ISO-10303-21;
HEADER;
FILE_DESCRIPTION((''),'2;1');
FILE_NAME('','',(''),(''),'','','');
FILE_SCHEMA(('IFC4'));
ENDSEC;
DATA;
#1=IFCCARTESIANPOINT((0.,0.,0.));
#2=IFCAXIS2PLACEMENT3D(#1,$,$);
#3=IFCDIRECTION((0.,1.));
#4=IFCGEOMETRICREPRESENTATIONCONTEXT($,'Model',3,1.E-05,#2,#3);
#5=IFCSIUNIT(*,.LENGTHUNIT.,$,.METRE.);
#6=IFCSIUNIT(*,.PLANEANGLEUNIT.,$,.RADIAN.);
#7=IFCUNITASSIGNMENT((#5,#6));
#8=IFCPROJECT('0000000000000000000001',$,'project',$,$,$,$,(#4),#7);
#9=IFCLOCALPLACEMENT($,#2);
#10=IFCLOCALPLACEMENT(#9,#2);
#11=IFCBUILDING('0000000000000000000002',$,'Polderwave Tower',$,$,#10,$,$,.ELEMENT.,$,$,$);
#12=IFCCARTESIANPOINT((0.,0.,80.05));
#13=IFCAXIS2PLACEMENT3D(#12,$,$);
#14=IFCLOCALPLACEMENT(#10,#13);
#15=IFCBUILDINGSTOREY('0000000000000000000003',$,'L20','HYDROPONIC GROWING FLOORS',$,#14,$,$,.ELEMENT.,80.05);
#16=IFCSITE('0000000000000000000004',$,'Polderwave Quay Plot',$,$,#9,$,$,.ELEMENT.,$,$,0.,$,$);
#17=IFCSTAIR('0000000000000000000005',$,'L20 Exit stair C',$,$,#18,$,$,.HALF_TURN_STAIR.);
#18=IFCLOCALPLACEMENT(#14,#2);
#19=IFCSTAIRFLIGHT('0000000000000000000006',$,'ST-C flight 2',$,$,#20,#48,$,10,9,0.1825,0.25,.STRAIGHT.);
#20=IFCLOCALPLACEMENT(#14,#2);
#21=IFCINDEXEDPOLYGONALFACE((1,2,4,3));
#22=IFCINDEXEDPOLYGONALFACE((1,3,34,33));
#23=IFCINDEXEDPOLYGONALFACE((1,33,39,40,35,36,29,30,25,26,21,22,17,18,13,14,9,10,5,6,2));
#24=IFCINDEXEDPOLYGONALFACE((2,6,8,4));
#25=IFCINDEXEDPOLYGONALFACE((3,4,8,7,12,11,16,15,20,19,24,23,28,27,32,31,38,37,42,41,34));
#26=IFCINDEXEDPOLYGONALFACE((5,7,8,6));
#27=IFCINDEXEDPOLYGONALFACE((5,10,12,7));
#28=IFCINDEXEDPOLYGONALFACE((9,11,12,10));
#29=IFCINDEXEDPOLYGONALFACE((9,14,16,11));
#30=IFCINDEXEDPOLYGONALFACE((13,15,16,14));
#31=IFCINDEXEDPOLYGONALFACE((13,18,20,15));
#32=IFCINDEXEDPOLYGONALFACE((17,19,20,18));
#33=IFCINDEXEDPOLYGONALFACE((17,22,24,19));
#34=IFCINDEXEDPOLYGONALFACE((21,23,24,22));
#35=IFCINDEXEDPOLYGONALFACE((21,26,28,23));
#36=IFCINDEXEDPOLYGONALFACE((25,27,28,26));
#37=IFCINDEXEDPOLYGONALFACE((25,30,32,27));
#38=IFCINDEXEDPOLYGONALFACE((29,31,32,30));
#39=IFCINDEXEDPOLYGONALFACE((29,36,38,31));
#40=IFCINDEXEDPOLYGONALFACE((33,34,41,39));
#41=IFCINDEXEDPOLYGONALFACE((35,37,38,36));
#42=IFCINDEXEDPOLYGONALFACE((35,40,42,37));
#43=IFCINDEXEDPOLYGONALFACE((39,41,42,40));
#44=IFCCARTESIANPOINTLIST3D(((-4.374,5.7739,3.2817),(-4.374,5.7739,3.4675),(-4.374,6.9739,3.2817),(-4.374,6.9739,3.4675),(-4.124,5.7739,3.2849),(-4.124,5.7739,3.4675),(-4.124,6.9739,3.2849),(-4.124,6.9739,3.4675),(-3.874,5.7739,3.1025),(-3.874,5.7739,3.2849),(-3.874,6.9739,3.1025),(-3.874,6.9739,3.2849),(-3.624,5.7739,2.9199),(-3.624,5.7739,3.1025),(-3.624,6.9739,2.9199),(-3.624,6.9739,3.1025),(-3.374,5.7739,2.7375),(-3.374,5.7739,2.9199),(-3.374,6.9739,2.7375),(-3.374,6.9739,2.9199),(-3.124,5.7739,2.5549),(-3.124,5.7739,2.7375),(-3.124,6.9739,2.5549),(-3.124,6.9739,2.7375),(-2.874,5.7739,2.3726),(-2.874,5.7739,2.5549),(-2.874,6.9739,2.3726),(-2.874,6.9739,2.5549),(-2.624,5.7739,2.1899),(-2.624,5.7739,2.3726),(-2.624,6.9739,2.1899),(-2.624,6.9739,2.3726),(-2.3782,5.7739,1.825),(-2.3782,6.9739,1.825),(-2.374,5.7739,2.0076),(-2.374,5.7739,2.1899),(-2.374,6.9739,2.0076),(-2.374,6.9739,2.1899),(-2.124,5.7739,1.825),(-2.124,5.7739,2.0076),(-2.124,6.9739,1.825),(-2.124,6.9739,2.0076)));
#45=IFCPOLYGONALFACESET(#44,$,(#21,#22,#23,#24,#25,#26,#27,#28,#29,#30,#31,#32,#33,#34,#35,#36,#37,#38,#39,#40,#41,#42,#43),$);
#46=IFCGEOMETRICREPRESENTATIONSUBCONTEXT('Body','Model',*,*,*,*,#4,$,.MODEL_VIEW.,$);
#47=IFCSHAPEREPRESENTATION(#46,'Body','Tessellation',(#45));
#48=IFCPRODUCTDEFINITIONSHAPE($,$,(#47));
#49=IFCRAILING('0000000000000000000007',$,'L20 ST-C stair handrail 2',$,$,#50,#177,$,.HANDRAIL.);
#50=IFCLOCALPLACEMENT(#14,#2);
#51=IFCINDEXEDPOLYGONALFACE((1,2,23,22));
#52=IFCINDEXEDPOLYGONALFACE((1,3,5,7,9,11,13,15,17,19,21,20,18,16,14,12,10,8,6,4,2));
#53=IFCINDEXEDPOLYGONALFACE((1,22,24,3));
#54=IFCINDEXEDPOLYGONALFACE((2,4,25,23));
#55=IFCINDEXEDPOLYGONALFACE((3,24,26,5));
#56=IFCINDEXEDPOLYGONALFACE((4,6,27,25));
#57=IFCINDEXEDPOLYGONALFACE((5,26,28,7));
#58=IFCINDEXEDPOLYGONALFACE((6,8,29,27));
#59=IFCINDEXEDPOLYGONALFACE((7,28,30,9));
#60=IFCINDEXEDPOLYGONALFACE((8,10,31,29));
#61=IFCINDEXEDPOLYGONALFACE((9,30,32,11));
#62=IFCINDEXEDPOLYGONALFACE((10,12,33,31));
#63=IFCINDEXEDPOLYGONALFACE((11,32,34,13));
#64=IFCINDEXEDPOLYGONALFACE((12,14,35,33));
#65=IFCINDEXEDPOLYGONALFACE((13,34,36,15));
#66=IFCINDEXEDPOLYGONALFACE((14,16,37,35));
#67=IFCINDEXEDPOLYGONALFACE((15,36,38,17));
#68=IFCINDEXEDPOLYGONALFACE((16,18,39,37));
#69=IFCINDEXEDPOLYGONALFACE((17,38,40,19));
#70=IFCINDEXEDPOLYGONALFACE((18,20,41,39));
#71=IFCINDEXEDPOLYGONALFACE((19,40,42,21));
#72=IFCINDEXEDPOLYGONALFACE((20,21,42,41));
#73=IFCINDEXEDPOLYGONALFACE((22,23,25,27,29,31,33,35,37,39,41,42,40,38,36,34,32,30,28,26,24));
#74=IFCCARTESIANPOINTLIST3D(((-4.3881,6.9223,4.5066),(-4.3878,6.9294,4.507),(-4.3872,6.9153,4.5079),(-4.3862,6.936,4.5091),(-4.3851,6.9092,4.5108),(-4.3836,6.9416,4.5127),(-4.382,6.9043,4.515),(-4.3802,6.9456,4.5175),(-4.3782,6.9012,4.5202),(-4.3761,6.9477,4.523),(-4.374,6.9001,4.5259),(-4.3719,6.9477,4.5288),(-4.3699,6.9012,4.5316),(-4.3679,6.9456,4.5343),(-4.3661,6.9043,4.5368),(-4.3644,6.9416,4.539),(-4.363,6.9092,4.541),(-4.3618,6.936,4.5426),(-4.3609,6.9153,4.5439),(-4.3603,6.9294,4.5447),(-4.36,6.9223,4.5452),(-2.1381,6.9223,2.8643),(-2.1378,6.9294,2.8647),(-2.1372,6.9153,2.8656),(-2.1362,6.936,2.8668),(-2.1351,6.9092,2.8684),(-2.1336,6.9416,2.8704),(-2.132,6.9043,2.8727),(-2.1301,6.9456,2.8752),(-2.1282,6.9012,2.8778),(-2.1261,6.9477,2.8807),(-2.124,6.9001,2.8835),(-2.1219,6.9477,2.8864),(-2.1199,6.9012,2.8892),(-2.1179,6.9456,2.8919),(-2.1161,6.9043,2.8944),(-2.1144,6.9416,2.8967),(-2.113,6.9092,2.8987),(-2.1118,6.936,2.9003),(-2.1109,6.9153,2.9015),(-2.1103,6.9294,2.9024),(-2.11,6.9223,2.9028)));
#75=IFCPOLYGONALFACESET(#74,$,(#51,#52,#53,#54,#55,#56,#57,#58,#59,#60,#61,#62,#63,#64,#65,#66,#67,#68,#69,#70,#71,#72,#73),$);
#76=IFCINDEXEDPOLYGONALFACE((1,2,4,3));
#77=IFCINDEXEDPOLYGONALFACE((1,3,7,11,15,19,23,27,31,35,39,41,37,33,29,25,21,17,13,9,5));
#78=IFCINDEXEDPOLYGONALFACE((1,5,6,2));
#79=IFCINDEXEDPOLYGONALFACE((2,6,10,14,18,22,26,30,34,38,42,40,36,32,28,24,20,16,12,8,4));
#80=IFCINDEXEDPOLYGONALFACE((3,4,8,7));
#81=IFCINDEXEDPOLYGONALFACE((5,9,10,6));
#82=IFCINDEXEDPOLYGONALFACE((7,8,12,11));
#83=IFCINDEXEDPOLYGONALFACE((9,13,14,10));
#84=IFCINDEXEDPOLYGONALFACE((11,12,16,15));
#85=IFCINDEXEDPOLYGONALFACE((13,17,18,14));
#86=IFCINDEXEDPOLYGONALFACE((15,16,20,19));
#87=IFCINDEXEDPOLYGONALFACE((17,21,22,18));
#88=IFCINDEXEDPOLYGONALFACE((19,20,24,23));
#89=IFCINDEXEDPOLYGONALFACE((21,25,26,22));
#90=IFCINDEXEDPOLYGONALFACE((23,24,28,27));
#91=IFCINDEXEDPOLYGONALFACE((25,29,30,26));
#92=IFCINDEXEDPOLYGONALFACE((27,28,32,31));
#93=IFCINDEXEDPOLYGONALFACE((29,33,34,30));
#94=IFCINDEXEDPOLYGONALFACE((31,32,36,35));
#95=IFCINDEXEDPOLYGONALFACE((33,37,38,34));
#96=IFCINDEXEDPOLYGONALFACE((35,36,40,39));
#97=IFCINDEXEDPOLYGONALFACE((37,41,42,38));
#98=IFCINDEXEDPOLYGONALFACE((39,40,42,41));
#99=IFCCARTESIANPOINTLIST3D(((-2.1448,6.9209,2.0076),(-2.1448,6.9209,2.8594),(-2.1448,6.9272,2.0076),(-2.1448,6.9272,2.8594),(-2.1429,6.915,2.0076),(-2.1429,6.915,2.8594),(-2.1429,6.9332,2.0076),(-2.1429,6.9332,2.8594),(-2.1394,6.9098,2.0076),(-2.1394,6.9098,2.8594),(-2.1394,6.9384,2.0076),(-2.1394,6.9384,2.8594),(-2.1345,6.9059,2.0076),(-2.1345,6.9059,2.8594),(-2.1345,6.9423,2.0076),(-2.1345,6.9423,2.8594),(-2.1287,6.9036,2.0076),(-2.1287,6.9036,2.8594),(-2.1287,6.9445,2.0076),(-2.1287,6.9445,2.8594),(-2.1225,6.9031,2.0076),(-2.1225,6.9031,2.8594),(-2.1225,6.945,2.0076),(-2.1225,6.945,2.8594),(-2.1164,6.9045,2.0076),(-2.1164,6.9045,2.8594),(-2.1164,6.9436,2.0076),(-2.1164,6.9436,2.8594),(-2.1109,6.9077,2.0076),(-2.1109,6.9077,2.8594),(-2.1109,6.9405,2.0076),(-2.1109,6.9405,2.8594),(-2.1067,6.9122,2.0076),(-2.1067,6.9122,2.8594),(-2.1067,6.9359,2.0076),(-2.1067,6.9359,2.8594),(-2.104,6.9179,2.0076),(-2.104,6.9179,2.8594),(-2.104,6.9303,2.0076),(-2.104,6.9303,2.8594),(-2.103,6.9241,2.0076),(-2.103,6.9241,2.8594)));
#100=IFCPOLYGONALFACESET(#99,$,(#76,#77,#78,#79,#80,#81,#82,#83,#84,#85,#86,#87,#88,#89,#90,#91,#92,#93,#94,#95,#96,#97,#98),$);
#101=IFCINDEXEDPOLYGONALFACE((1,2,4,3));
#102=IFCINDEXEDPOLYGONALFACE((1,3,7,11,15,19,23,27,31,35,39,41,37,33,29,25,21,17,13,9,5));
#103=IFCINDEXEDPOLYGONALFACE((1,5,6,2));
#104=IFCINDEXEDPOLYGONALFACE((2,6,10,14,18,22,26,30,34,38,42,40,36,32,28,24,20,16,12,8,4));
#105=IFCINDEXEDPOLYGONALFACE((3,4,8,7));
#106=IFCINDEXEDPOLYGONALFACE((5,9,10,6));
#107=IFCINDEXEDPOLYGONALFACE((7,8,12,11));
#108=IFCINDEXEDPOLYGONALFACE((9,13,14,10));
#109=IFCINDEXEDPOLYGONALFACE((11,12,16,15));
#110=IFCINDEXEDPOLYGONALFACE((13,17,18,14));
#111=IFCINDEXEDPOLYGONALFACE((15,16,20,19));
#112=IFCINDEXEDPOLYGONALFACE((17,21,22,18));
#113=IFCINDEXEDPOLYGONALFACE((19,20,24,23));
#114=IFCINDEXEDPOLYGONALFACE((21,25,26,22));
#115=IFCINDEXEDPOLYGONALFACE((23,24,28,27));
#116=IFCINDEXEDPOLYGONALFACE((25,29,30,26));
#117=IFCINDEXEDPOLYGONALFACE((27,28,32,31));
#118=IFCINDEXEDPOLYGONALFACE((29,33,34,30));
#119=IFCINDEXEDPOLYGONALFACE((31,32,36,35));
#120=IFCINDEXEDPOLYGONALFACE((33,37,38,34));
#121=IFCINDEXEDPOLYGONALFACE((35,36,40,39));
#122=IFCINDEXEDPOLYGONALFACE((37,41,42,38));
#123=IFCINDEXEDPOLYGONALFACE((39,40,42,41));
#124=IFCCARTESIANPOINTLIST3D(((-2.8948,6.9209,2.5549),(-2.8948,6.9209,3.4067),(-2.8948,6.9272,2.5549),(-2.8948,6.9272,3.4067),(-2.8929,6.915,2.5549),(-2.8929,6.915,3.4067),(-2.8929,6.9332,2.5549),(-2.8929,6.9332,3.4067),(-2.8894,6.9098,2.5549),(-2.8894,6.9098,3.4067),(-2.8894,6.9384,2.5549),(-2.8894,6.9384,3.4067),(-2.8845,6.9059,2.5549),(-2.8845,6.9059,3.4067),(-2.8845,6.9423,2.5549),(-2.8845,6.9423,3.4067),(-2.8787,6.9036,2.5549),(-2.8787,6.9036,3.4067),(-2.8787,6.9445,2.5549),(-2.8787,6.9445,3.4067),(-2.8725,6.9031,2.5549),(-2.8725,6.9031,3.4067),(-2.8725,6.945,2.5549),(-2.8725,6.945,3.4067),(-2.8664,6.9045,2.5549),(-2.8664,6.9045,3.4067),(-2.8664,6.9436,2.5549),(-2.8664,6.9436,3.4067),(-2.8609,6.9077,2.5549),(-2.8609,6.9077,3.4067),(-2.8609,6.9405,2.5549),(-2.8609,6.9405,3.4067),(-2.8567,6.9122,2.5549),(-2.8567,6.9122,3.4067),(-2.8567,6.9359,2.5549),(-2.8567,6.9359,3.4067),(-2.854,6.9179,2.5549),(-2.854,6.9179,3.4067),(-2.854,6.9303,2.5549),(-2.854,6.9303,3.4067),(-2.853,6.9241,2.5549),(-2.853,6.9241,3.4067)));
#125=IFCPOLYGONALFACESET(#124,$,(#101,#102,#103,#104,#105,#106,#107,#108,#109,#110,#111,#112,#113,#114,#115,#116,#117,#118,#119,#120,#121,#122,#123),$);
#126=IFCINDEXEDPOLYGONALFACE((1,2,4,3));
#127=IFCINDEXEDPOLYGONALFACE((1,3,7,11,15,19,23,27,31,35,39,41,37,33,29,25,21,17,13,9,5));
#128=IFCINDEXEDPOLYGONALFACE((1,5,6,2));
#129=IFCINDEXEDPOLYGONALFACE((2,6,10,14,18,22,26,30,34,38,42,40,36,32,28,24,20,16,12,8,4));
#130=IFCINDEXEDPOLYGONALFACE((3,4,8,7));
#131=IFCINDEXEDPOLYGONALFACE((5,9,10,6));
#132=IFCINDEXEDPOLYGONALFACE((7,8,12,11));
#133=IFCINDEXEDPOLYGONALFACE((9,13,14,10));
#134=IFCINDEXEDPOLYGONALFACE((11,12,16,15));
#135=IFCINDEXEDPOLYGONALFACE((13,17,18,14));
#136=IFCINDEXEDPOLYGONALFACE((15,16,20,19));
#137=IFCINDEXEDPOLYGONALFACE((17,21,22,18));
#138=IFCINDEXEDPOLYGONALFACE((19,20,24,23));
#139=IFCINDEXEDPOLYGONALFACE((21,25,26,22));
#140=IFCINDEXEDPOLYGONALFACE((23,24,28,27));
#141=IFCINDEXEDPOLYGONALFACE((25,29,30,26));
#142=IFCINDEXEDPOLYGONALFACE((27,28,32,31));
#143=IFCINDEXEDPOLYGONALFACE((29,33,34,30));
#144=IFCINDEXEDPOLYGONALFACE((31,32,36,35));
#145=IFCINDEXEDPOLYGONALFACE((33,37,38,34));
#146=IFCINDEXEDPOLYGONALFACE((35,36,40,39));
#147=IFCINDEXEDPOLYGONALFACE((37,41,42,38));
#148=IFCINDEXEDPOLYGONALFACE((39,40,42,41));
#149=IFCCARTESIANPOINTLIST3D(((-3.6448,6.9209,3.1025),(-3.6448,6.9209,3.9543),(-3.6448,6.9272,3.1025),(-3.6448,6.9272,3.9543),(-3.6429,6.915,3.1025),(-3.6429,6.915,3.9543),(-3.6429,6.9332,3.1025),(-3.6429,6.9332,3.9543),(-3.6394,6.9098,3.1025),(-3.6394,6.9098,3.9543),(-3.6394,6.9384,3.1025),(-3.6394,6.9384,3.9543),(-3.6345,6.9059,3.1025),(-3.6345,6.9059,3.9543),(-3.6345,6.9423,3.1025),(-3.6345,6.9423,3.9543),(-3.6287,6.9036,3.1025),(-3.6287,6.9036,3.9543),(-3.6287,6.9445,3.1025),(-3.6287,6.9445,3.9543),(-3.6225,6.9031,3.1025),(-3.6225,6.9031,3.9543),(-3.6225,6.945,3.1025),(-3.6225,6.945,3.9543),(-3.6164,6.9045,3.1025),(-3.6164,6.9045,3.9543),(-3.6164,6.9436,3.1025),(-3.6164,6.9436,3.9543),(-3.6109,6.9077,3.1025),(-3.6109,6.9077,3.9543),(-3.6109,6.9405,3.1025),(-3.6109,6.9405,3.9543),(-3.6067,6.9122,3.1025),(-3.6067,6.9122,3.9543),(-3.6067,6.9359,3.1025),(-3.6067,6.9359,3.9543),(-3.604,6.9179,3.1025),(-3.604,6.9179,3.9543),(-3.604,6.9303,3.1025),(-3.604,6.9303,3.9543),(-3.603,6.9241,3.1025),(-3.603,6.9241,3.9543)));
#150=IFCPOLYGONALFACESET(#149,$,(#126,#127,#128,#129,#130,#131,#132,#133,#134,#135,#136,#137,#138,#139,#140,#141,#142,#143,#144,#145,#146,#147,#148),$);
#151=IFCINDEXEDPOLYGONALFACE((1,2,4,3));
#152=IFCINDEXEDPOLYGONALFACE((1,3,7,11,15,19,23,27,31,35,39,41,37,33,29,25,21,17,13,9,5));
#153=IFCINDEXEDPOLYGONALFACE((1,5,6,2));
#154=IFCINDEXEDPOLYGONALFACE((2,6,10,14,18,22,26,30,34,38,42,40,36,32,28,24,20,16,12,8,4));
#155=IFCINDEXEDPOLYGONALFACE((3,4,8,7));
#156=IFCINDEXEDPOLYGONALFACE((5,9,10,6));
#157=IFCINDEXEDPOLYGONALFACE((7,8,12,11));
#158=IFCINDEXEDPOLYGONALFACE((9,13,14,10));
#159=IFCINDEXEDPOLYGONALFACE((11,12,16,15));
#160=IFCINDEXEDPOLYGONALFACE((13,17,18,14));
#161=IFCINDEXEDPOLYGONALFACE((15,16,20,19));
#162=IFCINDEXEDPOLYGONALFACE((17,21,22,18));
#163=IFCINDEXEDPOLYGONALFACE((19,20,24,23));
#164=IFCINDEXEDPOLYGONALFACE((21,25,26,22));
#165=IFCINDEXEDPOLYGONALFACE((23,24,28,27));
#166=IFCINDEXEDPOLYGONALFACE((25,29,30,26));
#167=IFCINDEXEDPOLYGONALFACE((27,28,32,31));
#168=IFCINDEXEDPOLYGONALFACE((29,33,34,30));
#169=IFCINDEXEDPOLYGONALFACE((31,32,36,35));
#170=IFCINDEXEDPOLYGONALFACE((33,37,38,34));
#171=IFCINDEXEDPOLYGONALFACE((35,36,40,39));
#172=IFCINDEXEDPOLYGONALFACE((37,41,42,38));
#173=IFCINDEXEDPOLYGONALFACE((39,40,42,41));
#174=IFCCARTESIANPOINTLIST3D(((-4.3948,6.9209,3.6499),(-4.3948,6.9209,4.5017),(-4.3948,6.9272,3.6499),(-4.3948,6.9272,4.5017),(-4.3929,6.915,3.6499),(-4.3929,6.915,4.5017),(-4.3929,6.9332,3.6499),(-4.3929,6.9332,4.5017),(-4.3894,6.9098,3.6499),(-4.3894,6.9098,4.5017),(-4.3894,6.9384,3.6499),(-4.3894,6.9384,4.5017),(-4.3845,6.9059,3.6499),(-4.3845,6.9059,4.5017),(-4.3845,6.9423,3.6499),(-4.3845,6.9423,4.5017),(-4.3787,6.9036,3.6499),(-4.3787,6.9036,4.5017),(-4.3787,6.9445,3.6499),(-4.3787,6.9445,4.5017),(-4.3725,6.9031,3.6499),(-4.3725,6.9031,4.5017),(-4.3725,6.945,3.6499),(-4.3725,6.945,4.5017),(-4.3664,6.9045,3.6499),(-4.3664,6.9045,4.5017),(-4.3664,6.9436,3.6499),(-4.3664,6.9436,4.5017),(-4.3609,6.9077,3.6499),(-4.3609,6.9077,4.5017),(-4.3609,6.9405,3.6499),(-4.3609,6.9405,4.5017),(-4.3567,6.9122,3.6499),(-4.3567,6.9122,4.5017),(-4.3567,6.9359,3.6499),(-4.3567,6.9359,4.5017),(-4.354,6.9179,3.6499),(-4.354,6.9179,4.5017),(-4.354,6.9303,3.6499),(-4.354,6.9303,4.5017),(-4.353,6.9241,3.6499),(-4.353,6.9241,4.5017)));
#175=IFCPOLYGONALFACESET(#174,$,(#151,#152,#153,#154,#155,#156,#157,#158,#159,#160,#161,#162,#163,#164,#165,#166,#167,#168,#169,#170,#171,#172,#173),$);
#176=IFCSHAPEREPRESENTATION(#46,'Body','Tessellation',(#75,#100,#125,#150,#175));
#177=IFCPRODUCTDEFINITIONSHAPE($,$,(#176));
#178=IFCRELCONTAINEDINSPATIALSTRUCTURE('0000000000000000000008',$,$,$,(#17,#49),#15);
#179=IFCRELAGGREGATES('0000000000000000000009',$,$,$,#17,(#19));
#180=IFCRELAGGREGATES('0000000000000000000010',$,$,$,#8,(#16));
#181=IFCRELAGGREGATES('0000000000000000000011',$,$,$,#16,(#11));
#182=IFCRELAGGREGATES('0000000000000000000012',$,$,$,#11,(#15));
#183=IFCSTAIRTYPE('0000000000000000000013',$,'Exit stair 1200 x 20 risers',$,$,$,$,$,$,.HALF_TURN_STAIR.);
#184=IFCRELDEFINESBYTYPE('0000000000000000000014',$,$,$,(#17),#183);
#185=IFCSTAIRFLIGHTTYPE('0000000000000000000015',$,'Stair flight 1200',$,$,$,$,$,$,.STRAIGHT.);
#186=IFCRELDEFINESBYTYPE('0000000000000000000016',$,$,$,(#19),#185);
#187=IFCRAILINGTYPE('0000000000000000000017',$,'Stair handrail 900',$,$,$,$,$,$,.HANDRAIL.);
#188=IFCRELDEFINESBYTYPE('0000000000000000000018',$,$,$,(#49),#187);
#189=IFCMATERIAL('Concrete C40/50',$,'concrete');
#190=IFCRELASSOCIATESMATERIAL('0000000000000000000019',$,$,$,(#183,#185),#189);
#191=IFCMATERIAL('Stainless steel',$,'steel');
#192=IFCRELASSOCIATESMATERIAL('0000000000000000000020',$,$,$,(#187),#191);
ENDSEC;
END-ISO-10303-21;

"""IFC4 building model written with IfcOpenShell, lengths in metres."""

from ifc_helpers import new_model, si_unit, direction, frame, origin, origin_2d, place, context, subcontext, project, spatial, polyline, circle, outline, extrude, material, type_object, element, aggregate, save


model = new_model("IFC4")

# Units and contexts
model_context = context("Model", 3, precision=1e-05, world=origin(), true_north=direction((0.0, 1.0)))
body_context = subcontext(model_context, "Body", "Model", "MODEL_VIEW")
ifc_project = project(units=[si_unit("LENGTHUNIT", "METRE"), si_unit("PLANEANGLEUNIT", "RADIAN")], contexts=[model_context])

# Site, building, storey
site_placement = place(None, origin())
site = spatial("IfcSite", under=ifc_project, at=site_placement, Name="Polderwave Quay Plot", CompositionType="ELEMENT", RefElevation=0.0)
building_placement = place(site_placement, origin())
building = spatial("IfcBuilding", under=site, at=building_placement, Name="Polderwave Tower", CompositionType="ELEMENT")
storey_placement = place(building_placement, frame((0.0, 0.0, 80.05)))
storey = spatial("IfcBuildingStorey", under=building, at=storey_placement, Name="L20", Description="HYDROPONIC GROWING FLOORS", CompositionType="ELEMENT", Elevation=80.05)

# Stair, stair flight
ifc_material_1 = material(Name="Concrete C40/50", Category="concrete")
stair_type = type_object("IfcStairType", Name="Exit stair 1200 x 20 risers", PredefinedType="HALF_TURN_STAIR", material=ifc_material_1)
stair_placement = place(storey_placement, origin())
stair = element("IfcStair", 1, at=stair_placement, inside=storey, type_object=stair_type, Name="L20 Exit stair C", PredefinedType="HALF_TURN_STAIR")
stair_flight_type = type_object("IfcStairFlightType", Name="Stair flight 1200", PredefinedType="STRAIGHT", material=ifc_material_1)
stair_flight_placement = place(storey_placement, frame((-2.124, 6.374, 1.825), z_axis=(0.0, 0.0, 1.0), x_axis=(-1.0, 0.0, 0.0)))
stair_flight = element("IfcStairFlight", 2, at=stair_flight_placement, type_object=stair_flight_type, Name="ST-C flight 2", NumberOfRisers=10, NumberOfTreads=9, PredefinedType="STRAIGHT", RiserHeight=0.1825, TreadLength=0.25, context=body_context, shape_type="SweptSolid", body=[
    extrude(outline(polyline([(0.0, 0.0), (0.0, 0.1826), (0.25, 0.1826), (0.25, 0.365), (0.5, 0.365), (0.5, 0.5476), (0.75, 0.5476), (0.75, 0.73), (1.0, 0.73), (1.0, 0.9126), (1.25, 0.9126), (1.25, 1.095), (1.5, 1.095), (1.5, 1.2776), (1.75, 1.2776), (1.75, 1.46), (2.0, 1.46), (2.0, 1.6426), (2.25, 1.6426), (2.25, 1.825), (2.25, 1.4568), (0.2542, 0.0), (0.0, 0.0)])), frame((0.0, 0.6001, 0.0), z_axis=(0.0, -1.0, 0.0), x_axis=(1.0, 0.0, 0.0)), (0.0, 0.0, 1.0), 1.2),
])
aggregate(stair, [stair_flight])

# Railing
ifc_material_2 = material(Name="Stainless steel", Category="steel")
railing_type = type_object("IfcRailingType", Name="Stair handrail 900", PredefinedType="HANDRAIL", material=ifc_material_2)
railing_placement = place(storey_placement, frame((-2.124, 6.9241, 2.0076)))
element("IfcRailing", 3, at=railing_placement, inside=storey, type_object=railing_type, Name="L20 ST-C stair handrail 2", PredefinedType="HANDRAIL", context=body_context, shape_type="SweptSolid", body=[
    extrude(circle(Radius=0.0239, at=origin_2d()), frame((0.0, 0.0, 0.876), z_axis=(-0.807715, 0.0, 0.589573), x_axis=(0.0, -1.0, 0.0)), (0.0, 0.0, 1.0), 2.7856),
    extrude(circle(Radius=0.021, at=origin_2d()), origin(), (0.0, 0.0, 1.0), 0.8518),
    extrude(circle(Radius=0.021, at=origin_2d()), frame((-0.75, 0.0, 0.5474)), (0.0, 0.0, 1.0), 0.8518),
    extrude(circle(Radius=0.021, at=origin_2d()), frame((-1.5, 0.0, 1.095)), (0.0, 0.0, 1.0), 0.8518),
    extrude(circle(Radius=0.021, at=origin_2d()), frame((-2.25, 0.0, 1.6423)), (0.0, 0.0, 1.0), 0.8518),
])

save(model, "model.ifc")
